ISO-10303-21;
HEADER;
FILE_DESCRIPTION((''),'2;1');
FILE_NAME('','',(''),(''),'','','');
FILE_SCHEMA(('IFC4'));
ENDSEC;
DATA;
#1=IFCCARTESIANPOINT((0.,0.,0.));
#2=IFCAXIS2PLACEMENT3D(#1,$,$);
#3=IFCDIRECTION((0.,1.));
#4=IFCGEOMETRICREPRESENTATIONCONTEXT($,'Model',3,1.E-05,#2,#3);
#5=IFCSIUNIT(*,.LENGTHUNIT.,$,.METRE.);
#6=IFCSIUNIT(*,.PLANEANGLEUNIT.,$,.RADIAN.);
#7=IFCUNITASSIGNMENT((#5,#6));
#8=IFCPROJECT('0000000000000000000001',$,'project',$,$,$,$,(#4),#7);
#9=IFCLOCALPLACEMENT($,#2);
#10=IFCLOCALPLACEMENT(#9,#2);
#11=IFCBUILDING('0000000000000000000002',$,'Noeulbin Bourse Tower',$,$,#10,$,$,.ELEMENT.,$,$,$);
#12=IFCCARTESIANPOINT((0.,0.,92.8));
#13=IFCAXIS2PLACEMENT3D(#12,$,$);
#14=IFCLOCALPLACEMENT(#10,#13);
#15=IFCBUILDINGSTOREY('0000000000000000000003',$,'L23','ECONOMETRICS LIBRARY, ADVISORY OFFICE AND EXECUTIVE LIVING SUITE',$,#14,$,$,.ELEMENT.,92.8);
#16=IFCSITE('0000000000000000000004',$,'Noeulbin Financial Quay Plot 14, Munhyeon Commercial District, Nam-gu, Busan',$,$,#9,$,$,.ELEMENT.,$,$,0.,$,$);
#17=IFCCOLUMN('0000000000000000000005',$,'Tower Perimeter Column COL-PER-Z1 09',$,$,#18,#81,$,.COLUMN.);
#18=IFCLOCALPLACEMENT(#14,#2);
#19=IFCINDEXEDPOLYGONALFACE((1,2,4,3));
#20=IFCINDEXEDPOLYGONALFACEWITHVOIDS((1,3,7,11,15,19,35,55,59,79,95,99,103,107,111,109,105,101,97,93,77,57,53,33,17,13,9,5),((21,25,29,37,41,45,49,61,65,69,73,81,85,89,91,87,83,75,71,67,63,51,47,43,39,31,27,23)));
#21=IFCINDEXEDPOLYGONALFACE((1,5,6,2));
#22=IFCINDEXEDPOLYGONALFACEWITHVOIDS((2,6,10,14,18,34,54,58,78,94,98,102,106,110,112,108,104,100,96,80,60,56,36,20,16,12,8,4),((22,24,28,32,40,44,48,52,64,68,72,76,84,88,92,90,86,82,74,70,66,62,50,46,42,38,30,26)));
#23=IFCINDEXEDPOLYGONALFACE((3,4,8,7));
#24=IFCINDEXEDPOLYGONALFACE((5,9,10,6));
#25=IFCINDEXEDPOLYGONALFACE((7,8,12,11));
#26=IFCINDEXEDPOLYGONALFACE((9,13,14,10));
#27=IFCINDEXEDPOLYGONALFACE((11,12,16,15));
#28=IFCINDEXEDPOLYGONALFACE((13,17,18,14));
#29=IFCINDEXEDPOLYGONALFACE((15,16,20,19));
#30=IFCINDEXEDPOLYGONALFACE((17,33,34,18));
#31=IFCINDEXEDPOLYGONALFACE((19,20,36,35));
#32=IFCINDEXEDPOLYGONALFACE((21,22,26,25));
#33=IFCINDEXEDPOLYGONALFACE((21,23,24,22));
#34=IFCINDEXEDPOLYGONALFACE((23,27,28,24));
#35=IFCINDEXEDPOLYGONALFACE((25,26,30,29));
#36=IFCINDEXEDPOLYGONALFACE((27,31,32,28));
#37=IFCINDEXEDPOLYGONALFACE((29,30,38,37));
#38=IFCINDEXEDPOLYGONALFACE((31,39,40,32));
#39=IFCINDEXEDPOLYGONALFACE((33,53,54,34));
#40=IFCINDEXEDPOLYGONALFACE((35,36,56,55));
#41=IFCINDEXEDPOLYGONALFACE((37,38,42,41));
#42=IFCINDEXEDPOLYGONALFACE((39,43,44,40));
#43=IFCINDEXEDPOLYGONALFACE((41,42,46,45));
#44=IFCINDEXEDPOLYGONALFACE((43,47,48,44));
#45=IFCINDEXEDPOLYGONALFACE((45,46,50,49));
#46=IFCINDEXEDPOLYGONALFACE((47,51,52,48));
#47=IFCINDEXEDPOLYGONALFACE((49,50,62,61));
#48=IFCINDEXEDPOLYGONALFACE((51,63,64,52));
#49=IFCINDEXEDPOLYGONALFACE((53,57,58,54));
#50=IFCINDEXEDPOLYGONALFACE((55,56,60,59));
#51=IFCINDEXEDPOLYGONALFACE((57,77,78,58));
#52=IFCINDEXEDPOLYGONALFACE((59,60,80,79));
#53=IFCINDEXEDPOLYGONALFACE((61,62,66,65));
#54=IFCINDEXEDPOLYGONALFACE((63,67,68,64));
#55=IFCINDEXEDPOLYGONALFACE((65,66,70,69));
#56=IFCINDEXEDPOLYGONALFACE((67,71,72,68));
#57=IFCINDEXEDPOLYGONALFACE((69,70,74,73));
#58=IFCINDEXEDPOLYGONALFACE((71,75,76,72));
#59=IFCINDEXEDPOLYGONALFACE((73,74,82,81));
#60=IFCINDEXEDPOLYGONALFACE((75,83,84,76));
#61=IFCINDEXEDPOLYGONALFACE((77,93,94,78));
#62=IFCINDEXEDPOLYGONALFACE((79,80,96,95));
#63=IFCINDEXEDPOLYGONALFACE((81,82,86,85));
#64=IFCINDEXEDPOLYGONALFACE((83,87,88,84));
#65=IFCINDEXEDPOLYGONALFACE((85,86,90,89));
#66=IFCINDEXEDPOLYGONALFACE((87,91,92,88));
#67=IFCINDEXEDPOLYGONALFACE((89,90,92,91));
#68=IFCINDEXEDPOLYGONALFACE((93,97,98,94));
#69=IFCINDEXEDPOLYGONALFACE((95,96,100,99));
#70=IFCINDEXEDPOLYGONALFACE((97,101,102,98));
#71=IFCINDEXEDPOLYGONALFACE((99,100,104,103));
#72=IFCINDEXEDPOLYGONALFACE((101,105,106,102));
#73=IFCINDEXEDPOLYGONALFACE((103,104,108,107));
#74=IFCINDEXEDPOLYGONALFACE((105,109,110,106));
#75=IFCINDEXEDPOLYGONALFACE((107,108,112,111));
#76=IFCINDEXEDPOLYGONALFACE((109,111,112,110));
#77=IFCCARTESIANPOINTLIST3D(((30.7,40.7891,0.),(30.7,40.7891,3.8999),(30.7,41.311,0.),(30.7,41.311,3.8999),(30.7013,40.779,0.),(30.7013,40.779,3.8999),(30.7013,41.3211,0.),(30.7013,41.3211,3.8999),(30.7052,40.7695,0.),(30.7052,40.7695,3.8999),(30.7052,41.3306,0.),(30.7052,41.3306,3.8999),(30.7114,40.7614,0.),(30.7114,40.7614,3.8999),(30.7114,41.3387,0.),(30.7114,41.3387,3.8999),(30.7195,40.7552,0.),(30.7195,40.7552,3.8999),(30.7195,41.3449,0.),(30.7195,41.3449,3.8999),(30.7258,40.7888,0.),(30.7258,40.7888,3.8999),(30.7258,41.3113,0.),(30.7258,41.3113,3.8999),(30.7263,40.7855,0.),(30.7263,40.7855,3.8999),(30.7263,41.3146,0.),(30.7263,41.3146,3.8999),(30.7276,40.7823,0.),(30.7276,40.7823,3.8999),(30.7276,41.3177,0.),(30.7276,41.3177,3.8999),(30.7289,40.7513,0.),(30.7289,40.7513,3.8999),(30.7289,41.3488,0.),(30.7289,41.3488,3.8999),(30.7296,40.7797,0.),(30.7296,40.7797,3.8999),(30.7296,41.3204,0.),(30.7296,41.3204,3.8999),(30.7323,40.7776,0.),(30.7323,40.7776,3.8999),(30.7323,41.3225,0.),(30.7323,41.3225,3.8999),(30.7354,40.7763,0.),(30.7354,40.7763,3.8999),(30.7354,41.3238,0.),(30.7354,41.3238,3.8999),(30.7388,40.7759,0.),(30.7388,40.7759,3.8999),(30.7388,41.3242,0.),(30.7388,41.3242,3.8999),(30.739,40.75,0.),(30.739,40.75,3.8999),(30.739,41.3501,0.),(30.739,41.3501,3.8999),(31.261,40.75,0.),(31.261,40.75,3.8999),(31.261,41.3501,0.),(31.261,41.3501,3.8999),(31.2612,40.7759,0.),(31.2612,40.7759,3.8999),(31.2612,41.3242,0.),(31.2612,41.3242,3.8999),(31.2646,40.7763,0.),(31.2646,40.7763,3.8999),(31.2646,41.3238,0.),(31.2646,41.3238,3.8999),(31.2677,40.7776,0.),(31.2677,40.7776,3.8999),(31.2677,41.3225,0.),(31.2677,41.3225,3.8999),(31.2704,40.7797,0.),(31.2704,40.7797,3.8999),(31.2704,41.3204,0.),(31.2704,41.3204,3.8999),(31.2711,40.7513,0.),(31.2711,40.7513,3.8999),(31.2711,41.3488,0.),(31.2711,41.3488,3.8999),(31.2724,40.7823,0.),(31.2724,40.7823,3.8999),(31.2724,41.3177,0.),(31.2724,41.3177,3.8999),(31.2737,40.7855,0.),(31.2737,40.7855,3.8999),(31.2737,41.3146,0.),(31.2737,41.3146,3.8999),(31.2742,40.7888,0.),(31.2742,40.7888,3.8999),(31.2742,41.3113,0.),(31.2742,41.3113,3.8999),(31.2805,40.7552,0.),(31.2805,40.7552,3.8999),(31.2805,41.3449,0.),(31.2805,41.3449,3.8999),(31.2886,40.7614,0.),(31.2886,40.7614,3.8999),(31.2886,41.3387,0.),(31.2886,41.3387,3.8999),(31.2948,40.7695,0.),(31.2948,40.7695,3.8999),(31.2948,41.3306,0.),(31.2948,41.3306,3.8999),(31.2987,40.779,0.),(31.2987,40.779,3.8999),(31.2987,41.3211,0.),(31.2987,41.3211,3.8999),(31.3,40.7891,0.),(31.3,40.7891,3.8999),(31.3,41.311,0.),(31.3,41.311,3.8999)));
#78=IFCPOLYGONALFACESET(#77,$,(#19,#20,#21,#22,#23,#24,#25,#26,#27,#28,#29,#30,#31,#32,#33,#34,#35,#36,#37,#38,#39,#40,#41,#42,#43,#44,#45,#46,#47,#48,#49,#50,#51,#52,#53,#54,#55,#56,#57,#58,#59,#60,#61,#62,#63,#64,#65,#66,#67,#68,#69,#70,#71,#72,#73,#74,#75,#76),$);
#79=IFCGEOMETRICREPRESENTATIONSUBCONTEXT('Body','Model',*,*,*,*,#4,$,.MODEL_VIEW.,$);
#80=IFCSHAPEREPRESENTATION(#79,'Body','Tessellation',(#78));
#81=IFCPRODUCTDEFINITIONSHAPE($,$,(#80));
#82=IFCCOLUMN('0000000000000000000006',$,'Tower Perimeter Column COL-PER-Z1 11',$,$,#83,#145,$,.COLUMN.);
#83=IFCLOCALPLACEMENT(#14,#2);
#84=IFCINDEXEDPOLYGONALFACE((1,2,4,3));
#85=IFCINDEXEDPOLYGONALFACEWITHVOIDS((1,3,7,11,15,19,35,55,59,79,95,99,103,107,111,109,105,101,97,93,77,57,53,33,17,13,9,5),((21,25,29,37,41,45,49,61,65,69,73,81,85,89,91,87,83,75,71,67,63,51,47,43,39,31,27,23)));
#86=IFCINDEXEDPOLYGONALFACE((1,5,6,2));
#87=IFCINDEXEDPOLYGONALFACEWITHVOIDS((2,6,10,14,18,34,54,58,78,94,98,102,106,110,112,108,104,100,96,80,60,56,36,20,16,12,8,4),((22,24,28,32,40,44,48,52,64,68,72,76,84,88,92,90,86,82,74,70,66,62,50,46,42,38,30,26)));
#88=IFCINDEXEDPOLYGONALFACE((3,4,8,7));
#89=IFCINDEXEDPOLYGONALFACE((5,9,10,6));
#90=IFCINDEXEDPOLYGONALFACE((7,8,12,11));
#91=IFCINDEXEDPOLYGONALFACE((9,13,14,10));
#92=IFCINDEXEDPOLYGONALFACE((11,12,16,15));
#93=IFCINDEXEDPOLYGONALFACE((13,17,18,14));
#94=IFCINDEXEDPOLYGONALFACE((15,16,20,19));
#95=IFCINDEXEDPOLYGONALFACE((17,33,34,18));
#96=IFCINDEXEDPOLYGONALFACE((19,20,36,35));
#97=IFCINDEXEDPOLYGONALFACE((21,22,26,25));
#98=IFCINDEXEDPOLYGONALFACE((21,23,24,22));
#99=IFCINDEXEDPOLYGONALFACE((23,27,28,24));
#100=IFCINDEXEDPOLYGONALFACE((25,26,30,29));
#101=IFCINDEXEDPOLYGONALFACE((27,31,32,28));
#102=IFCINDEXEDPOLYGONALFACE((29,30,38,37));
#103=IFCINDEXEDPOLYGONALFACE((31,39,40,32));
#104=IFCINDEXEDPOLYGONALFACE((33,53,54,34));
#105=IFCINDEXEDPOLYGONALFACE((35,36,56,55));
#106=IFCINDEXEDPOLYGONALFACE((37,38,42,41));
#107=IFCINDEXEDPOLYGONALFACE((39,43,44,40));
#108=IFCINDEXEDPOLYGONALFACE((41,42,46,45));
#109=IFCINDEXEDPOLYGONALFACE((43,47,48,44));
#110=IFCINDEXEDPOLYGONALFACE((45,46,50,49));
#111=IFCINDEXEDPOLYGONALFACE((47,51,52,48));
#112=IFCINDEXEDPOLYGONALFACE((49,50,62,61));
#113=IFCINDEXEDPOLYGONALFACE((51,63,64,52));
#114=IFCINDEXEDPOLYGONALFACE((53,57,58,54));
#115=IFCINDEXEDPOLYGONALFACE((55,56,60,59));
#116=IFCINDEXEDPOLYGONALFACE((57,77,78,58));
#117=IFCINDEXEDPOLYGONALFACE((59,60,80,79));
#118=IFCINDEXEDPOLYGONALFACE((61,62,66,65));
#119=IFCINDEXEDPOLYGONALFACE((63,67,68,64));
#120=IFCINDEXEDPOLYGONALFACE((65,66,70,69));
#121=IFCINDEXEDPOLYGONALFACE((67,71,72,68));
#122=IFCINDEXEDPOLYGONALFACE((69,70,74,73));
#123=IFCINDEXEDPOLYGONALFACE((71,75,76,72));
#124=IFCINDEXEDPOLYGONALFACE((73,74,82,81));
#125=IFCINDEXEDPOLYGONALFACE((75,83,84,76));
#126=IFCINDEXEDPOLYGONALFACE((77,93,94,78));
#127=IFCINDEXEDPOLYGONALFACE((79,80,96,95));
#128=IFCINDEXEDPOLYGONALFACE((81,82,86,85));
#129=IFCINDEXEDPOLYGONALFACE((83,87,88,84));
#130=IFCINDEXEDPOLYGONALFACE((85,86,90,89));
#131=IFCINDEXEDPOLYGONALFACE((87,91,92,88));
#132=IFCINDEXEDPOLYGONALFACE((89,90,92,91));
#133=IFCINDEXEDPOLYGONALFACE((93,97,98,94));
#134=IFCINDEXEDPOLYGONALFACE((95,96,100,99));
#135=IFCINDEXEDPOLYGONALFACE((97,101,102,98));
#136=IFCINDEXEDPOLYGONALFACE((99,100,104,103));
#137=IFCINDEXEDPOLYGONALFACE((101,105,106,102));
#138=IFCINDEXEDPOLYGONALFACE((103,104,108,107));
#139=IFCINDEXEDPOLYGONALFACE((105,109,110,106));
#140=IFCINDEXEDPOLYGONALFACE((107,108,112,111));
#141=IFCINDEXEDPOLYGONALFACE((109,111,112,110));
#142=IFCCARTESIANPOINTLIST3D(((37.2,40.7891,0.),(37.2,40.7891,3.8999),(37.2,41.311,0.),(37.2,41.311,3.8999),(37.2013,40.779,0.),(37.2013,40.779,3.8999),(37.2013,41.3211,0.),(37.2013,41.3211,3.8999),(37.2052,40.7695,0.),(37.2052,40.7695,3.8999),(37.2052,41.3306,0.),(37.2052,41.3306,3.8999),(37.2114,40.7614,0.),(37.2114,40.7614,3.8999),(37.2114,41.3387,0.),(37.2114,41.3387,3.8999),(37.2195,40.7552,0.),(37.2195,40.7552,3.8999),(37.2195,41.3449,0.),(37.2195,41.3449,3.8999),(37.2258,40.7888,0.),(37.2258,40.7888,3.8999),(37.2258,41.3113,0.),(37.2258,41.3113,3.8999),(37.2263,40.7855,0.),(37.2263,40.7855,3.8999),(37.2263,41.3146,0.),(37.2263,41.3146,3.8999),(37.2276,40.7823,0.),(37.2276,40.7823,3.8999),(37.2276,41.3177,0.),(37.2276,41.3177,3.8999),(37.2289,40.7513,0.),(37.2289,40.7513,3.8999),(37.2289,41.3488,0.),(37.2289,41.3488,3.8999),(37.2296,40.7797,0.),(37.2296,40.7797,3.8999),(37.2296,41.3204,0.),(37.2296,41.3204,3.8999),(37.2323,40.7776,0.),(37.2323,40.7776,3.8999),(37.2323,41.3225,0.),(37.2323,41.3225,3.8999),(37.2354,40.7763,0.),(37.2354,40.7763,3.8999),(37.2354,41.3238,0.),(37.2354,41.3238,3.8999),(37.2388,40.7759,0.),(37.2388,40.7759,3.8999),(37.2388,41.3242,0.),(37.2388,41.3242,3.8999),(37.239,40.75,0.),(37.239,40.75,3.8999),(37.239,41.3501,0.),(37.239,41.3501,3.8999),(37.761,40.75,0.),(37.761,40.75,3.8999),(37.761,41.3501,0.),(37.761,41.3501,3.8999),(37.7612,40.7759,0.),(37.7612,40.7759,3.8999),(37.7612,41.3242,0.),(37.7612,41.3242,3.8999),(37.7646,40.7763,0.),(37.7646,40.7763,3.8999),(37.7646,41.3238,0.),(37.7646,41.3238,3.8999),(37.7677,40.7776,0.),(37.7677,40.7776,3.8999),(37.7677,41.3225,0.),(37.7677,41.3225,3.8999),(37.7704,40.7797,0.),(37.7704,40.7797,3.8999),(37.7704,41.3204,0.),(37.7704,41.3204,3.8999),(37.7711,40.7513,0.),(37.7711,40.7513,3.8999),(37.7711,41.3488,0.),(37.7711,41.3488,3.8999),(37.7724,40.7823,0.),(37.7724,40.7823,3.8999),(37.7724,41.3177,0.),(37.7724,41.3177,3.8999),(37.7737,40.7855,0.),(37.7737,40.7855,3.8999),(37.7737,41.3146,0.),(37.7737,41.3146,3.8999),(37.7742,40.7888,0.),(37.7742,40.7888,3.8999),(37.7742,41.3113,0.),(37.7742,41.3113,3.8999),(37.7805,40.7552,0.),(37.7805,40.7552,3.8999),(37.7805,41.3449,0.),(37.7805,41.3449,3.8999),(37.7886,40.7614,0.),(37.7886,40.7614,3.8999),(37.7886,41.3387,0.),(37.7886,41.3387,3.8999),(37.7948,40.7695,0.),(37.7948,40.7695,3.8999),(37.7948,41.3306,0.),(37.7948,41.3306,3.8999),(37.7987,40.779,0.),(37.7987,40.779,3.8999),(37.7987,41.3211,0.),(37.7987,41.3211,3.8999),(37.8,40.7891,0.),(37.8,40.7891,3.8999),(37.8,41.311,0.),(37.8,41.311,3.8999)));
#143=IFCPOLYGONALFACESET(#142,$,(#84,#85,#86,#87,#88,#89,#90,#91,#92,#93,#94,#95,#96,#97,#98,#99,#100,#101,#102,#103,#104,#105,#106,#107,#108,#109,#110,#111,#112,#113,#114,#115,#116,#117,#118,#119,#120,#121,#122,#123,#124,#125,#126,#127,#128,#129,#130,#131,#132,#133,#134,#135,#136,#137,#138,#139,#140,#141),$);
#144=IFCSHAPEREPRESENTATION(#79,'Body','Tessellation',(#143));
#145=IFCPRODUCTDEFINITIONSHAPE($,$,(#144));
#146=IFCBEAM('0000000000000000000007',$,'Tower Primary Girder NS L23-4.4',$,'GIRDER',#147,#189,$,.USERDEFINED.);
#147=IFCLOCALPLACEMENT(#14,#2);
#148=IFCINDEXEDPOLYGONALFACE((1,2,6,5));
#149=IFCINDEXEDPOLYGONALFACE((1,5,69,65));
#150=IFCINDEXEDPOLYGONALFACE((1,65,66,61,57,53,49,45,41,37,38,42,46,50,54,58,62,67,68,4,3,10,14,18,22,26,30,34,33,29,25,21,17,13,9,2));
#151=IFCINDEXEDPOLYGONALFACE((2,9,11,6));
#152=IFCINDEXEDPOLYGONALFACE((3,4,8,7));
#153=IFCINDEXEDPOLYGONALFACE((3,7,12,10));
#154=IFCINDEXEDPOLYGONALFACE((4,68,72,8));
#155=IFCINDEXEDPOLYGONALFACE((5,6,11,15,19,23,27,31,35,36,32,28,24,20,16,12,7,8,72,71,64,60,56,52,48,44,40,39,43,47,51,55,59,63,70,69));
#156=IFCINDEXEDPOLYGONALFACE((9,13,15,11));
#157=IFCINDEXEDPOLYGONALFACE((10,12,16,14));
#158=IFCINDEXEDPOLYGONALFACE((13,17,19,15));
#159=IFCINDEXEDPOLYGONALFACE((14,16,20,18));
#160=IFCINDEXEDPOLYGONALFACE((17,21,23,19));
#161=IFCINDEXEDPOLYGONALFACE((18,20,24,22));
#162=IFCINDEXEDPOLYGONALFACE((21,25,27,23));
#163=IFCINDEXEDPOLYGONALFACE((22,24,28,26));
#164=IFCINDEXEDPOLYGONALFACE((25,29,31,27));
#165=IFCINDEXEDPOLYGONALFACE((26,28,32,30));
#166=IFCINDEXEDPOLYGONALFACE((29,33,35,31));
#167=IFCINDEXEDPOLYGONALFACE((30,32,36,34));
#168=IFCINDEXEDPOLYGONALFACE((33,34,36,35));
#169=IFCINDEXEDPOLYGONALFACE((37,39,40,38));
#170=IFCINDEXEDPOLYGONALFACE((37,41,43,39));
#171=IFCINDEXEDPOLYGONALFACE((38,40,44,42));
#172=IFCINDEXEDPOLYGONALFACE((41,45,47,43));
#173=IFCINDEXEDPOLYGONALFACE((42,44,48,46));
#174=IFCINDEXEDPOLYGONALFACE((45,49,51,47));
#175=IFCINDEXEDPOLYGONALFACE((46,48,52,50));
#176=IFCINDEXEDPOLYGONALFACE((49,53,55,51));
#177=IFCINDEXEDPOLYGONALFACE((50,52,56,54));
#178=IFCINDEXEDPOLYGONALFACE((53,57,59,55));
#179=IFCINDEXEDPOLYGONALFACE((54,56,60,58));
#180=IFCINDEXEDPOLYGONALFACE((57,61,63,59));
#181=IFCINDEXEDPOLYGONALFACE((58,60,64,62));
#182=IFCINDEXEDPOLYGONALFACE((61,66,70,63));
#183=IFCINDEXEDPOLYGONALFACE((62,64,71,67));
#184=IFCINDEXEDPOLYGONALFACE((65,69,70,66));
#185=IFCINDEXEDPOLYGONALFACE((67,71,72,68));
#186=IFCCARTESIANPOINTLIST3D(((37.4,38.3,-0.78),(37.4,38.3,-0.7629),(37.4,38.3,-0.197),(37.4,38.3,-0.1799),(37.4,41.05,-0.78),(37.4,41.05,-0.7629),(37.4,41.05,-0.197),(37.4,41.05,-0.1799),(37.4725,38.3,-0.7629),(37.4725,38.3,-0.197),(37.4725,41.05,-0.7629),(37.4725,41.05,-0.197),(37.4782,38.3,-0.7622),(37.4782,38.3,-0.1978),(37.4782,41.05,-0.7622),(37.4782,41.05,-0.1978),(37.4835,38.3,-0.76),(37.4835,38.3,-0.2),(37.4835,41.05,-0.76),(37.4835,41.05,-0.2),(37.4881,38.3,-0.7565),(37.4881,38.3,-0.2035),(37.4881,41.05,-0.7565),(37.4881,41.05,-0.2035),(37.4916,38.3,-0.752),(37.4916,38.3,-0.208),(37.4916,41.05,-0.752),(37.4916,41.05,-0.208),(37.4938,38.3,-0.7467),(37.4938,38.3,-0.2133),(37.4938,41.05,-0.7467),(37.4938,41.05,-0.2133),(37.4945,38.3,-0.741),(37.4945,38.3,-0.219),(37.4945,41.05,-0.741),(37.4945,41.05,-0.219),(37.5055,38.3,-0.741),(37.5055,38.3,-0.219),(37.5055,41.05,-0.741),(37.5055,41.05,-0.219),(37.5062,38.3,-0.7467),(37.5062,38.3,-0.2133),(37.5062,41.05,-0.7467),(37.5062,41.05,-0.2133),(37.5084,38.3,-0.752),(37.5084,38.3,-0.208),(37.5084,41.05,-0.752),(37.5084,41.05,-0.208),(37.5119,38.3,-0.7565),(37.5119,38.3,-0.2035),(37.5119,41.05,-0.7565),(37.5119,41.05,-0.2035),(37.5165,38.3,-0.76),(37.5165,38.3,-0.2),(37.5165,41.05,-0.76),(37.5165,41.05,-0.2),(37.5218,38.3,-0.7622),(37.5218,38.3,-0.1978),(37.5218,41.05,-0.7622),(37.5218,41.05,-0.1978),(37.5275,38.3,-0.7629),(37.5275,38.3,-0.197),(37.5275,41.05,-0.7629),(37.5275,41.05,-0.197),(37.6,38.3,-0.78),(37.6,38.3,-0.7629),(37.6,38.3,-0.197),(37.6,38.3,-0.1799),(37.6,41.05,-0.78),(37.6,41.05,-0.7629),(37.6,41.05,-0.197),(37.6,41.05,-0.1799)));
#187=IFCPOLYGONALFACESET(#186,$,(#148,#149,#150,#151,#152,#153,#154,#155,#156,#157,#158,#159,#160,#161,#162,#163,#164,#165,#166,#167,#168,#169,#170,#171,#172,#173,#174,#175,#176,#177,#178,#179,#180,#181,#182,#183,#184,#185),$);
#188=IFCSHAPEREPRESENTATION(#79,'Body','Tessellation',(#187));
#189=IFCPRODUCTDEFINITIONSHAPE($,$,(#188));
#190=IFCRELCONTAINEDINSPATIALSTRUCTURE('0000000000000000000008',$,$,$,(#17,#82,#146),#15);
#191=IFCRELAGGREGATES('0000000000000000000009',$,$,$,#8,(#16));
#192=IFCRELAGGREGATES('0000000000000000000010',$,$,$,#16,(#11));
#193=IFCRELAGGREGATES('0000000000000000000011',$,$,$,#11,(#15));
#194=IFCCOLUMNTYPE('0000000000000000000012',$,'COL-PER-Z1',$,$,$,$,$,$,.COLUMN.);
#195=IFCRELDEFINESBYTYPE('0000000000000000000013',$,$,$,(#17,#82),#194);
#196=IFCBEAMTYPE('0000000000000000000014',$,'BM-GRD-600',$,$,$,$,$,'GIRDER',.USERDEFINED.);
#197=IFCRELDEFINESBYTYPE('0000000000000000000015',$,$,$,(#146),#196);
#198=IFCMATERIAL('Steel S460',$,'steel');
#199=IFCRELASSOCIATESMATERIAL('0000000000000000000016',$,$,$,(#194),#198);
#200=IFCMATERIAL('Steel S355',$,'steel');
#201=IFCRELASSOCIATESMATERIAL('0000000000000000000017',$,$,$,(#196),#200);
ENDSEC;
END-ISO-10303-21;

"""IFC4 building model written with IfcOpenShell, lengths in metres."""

from ifc_helpers import new_model, si_unit, direction, frame, origin, origin_2d, place, context, subcontext, project, spatial, hollow_rectangle, i_section, extrude, material, material_profile, profile_set, type_object, element, save


model = new_model("IFC4")

# Units and contexts
model_context = context("Model", 3, precision=1e-05, world=origin(), true_north=direction((0.0, 1.0)))
body_context = subcontext(model_context, "Body", "Model", "MODEL_VIEW")
ifc_project = project(units=[si_unit("LENGTHUNIT", "METRE"), si_unit("PLANEANGLEUNIT", "RADIAN")], contexts=[model_context])

# Site, building, storey
site_placement = place(None, origin())
site = spatial("IfcSite", under=ifc_project, at=site_placement, Name="Noeulbin Financial Quay Plot 14, Munhyeon Commercial District, Nam-gu, Busan", CompositionType="ELEMENT", RefElevation=0.0)
building_placement = place(site_placement, origin())
building = spatial("IfcBuilding", under=site, at=building_placement, Name="Noeulbin Bourse Tower", CompositionType="ELEMENT")
storey_placement = place(building_placement, frame((0.0, 0.0, 92.8)))
storey = spatial("IfcBuildingStorey", under=building, at=storey_placement, Name="L23", Description="ECONOMETRICS LIBRARY, ADVISORY OFFICE AND EXECUTIVE LIVING SUITE", CompositionType="ELEMENT", Elevation=92.8)

# Columns
ifc_material_1 = material(Name="Steel S460", Category="steel")
ifc_material_profile_1 = material_profile(ifc_material_1, hollow_rectangle(XDim=0.6001, YDim=0.6001, WallThickness=0.0259, InnerFilletRadius=0.0129, OuterFilletRadius=0.0391, at=origin_2d()), Name="BOX-600x600x26", Category="LoadBearing")
ifc_profile_set_1 = profile_set([ifc_material_profile_1], Name="Steel S460")
column_type = type_object("IfcColumnType", Name="COL-PER-Z1", PredefinedType="COLUMN", material=ifc_profile_set_1)
for number, where, z_axis, x_axis, name in (
    (1, (31.0, 41.05, 0.0), (0.0, 0.0, 1.0), (1.0, 0.0, 0.0), "Tower Perimeter Column COL-PER-Z1 09"),
    (2, (37.5, 41.05, 0.0), (0.0, 0.0, 1.0), (1.0, 0.0, 0.0), "Tower Perimeter Column COL-PER-Z1 11"),
):
    element("IfcColumn", number, at=place(storey_placement, frame(where, z_axis=z_axis, x_axis=x_axis)), inside=storey, type_object=column_type, Name=name, PredefinedType="COLUMN", context=body_context, shape_type="SweptSolid", body=[
        extrude(hollow_rectangle(XDim=0.6001, YDim=0.6001, WallThickness=0.0259, InnerFilletRadius=0.0129, OuterFilletRadius=0.0391, at=origin_2d()), origin(), (0.0, 0.0, 1.0), 3.8999),
    ])

# Beam
ifc_material_2 = material(Name="Steel S355", Category="steel")
ifc_material_profile_2 = material_profile(ifc_material_2, i_section(OverallWidth=0.2, OverallDepth=0.6001, WebThickness=0.011, FlangeThickness=0.0171, FilletRadius=0.022, at=origin_2d()), Name="H-600x200x11x17", Category="LoadBearing")
ifc_profile_set_2 = profile_set([ifc_material_profile_2], Name="Steel S355")
beam_type_1 = type_object("IfcBeamType", Name="BM-GRD-600", ElementType="GIRDER", PredefinedType="USERDEFINED", material=ifc_profile_set_2)
beam_placement = place(storey_placement, frame((37.5, 38.3, -0.48), z_axis=(0.0, 1.0, 0.0), x_axis=(-1.0, 0.0, 0.0)))
element("IfcBeam", 3, at=beam_placement, inside=storey, type_object=beam_type_1, Name="Tower Primary Girder NS L23-4.4", ObjectType="GIRDER", PredefinedType="USERDEFINED", context=body_context, shape_type="SweptSolid", body=[
    extrude(i_section(OverallWidth=0.2, OverallDepth=0.6001, WebThickness=0.011, FlangeThickness=0.0171, FilletRadius=0.022, at=origin_2d()), origin(), (0.0, 0.0, 1.0), 2.75),
])

save(model, "model.ifc")
